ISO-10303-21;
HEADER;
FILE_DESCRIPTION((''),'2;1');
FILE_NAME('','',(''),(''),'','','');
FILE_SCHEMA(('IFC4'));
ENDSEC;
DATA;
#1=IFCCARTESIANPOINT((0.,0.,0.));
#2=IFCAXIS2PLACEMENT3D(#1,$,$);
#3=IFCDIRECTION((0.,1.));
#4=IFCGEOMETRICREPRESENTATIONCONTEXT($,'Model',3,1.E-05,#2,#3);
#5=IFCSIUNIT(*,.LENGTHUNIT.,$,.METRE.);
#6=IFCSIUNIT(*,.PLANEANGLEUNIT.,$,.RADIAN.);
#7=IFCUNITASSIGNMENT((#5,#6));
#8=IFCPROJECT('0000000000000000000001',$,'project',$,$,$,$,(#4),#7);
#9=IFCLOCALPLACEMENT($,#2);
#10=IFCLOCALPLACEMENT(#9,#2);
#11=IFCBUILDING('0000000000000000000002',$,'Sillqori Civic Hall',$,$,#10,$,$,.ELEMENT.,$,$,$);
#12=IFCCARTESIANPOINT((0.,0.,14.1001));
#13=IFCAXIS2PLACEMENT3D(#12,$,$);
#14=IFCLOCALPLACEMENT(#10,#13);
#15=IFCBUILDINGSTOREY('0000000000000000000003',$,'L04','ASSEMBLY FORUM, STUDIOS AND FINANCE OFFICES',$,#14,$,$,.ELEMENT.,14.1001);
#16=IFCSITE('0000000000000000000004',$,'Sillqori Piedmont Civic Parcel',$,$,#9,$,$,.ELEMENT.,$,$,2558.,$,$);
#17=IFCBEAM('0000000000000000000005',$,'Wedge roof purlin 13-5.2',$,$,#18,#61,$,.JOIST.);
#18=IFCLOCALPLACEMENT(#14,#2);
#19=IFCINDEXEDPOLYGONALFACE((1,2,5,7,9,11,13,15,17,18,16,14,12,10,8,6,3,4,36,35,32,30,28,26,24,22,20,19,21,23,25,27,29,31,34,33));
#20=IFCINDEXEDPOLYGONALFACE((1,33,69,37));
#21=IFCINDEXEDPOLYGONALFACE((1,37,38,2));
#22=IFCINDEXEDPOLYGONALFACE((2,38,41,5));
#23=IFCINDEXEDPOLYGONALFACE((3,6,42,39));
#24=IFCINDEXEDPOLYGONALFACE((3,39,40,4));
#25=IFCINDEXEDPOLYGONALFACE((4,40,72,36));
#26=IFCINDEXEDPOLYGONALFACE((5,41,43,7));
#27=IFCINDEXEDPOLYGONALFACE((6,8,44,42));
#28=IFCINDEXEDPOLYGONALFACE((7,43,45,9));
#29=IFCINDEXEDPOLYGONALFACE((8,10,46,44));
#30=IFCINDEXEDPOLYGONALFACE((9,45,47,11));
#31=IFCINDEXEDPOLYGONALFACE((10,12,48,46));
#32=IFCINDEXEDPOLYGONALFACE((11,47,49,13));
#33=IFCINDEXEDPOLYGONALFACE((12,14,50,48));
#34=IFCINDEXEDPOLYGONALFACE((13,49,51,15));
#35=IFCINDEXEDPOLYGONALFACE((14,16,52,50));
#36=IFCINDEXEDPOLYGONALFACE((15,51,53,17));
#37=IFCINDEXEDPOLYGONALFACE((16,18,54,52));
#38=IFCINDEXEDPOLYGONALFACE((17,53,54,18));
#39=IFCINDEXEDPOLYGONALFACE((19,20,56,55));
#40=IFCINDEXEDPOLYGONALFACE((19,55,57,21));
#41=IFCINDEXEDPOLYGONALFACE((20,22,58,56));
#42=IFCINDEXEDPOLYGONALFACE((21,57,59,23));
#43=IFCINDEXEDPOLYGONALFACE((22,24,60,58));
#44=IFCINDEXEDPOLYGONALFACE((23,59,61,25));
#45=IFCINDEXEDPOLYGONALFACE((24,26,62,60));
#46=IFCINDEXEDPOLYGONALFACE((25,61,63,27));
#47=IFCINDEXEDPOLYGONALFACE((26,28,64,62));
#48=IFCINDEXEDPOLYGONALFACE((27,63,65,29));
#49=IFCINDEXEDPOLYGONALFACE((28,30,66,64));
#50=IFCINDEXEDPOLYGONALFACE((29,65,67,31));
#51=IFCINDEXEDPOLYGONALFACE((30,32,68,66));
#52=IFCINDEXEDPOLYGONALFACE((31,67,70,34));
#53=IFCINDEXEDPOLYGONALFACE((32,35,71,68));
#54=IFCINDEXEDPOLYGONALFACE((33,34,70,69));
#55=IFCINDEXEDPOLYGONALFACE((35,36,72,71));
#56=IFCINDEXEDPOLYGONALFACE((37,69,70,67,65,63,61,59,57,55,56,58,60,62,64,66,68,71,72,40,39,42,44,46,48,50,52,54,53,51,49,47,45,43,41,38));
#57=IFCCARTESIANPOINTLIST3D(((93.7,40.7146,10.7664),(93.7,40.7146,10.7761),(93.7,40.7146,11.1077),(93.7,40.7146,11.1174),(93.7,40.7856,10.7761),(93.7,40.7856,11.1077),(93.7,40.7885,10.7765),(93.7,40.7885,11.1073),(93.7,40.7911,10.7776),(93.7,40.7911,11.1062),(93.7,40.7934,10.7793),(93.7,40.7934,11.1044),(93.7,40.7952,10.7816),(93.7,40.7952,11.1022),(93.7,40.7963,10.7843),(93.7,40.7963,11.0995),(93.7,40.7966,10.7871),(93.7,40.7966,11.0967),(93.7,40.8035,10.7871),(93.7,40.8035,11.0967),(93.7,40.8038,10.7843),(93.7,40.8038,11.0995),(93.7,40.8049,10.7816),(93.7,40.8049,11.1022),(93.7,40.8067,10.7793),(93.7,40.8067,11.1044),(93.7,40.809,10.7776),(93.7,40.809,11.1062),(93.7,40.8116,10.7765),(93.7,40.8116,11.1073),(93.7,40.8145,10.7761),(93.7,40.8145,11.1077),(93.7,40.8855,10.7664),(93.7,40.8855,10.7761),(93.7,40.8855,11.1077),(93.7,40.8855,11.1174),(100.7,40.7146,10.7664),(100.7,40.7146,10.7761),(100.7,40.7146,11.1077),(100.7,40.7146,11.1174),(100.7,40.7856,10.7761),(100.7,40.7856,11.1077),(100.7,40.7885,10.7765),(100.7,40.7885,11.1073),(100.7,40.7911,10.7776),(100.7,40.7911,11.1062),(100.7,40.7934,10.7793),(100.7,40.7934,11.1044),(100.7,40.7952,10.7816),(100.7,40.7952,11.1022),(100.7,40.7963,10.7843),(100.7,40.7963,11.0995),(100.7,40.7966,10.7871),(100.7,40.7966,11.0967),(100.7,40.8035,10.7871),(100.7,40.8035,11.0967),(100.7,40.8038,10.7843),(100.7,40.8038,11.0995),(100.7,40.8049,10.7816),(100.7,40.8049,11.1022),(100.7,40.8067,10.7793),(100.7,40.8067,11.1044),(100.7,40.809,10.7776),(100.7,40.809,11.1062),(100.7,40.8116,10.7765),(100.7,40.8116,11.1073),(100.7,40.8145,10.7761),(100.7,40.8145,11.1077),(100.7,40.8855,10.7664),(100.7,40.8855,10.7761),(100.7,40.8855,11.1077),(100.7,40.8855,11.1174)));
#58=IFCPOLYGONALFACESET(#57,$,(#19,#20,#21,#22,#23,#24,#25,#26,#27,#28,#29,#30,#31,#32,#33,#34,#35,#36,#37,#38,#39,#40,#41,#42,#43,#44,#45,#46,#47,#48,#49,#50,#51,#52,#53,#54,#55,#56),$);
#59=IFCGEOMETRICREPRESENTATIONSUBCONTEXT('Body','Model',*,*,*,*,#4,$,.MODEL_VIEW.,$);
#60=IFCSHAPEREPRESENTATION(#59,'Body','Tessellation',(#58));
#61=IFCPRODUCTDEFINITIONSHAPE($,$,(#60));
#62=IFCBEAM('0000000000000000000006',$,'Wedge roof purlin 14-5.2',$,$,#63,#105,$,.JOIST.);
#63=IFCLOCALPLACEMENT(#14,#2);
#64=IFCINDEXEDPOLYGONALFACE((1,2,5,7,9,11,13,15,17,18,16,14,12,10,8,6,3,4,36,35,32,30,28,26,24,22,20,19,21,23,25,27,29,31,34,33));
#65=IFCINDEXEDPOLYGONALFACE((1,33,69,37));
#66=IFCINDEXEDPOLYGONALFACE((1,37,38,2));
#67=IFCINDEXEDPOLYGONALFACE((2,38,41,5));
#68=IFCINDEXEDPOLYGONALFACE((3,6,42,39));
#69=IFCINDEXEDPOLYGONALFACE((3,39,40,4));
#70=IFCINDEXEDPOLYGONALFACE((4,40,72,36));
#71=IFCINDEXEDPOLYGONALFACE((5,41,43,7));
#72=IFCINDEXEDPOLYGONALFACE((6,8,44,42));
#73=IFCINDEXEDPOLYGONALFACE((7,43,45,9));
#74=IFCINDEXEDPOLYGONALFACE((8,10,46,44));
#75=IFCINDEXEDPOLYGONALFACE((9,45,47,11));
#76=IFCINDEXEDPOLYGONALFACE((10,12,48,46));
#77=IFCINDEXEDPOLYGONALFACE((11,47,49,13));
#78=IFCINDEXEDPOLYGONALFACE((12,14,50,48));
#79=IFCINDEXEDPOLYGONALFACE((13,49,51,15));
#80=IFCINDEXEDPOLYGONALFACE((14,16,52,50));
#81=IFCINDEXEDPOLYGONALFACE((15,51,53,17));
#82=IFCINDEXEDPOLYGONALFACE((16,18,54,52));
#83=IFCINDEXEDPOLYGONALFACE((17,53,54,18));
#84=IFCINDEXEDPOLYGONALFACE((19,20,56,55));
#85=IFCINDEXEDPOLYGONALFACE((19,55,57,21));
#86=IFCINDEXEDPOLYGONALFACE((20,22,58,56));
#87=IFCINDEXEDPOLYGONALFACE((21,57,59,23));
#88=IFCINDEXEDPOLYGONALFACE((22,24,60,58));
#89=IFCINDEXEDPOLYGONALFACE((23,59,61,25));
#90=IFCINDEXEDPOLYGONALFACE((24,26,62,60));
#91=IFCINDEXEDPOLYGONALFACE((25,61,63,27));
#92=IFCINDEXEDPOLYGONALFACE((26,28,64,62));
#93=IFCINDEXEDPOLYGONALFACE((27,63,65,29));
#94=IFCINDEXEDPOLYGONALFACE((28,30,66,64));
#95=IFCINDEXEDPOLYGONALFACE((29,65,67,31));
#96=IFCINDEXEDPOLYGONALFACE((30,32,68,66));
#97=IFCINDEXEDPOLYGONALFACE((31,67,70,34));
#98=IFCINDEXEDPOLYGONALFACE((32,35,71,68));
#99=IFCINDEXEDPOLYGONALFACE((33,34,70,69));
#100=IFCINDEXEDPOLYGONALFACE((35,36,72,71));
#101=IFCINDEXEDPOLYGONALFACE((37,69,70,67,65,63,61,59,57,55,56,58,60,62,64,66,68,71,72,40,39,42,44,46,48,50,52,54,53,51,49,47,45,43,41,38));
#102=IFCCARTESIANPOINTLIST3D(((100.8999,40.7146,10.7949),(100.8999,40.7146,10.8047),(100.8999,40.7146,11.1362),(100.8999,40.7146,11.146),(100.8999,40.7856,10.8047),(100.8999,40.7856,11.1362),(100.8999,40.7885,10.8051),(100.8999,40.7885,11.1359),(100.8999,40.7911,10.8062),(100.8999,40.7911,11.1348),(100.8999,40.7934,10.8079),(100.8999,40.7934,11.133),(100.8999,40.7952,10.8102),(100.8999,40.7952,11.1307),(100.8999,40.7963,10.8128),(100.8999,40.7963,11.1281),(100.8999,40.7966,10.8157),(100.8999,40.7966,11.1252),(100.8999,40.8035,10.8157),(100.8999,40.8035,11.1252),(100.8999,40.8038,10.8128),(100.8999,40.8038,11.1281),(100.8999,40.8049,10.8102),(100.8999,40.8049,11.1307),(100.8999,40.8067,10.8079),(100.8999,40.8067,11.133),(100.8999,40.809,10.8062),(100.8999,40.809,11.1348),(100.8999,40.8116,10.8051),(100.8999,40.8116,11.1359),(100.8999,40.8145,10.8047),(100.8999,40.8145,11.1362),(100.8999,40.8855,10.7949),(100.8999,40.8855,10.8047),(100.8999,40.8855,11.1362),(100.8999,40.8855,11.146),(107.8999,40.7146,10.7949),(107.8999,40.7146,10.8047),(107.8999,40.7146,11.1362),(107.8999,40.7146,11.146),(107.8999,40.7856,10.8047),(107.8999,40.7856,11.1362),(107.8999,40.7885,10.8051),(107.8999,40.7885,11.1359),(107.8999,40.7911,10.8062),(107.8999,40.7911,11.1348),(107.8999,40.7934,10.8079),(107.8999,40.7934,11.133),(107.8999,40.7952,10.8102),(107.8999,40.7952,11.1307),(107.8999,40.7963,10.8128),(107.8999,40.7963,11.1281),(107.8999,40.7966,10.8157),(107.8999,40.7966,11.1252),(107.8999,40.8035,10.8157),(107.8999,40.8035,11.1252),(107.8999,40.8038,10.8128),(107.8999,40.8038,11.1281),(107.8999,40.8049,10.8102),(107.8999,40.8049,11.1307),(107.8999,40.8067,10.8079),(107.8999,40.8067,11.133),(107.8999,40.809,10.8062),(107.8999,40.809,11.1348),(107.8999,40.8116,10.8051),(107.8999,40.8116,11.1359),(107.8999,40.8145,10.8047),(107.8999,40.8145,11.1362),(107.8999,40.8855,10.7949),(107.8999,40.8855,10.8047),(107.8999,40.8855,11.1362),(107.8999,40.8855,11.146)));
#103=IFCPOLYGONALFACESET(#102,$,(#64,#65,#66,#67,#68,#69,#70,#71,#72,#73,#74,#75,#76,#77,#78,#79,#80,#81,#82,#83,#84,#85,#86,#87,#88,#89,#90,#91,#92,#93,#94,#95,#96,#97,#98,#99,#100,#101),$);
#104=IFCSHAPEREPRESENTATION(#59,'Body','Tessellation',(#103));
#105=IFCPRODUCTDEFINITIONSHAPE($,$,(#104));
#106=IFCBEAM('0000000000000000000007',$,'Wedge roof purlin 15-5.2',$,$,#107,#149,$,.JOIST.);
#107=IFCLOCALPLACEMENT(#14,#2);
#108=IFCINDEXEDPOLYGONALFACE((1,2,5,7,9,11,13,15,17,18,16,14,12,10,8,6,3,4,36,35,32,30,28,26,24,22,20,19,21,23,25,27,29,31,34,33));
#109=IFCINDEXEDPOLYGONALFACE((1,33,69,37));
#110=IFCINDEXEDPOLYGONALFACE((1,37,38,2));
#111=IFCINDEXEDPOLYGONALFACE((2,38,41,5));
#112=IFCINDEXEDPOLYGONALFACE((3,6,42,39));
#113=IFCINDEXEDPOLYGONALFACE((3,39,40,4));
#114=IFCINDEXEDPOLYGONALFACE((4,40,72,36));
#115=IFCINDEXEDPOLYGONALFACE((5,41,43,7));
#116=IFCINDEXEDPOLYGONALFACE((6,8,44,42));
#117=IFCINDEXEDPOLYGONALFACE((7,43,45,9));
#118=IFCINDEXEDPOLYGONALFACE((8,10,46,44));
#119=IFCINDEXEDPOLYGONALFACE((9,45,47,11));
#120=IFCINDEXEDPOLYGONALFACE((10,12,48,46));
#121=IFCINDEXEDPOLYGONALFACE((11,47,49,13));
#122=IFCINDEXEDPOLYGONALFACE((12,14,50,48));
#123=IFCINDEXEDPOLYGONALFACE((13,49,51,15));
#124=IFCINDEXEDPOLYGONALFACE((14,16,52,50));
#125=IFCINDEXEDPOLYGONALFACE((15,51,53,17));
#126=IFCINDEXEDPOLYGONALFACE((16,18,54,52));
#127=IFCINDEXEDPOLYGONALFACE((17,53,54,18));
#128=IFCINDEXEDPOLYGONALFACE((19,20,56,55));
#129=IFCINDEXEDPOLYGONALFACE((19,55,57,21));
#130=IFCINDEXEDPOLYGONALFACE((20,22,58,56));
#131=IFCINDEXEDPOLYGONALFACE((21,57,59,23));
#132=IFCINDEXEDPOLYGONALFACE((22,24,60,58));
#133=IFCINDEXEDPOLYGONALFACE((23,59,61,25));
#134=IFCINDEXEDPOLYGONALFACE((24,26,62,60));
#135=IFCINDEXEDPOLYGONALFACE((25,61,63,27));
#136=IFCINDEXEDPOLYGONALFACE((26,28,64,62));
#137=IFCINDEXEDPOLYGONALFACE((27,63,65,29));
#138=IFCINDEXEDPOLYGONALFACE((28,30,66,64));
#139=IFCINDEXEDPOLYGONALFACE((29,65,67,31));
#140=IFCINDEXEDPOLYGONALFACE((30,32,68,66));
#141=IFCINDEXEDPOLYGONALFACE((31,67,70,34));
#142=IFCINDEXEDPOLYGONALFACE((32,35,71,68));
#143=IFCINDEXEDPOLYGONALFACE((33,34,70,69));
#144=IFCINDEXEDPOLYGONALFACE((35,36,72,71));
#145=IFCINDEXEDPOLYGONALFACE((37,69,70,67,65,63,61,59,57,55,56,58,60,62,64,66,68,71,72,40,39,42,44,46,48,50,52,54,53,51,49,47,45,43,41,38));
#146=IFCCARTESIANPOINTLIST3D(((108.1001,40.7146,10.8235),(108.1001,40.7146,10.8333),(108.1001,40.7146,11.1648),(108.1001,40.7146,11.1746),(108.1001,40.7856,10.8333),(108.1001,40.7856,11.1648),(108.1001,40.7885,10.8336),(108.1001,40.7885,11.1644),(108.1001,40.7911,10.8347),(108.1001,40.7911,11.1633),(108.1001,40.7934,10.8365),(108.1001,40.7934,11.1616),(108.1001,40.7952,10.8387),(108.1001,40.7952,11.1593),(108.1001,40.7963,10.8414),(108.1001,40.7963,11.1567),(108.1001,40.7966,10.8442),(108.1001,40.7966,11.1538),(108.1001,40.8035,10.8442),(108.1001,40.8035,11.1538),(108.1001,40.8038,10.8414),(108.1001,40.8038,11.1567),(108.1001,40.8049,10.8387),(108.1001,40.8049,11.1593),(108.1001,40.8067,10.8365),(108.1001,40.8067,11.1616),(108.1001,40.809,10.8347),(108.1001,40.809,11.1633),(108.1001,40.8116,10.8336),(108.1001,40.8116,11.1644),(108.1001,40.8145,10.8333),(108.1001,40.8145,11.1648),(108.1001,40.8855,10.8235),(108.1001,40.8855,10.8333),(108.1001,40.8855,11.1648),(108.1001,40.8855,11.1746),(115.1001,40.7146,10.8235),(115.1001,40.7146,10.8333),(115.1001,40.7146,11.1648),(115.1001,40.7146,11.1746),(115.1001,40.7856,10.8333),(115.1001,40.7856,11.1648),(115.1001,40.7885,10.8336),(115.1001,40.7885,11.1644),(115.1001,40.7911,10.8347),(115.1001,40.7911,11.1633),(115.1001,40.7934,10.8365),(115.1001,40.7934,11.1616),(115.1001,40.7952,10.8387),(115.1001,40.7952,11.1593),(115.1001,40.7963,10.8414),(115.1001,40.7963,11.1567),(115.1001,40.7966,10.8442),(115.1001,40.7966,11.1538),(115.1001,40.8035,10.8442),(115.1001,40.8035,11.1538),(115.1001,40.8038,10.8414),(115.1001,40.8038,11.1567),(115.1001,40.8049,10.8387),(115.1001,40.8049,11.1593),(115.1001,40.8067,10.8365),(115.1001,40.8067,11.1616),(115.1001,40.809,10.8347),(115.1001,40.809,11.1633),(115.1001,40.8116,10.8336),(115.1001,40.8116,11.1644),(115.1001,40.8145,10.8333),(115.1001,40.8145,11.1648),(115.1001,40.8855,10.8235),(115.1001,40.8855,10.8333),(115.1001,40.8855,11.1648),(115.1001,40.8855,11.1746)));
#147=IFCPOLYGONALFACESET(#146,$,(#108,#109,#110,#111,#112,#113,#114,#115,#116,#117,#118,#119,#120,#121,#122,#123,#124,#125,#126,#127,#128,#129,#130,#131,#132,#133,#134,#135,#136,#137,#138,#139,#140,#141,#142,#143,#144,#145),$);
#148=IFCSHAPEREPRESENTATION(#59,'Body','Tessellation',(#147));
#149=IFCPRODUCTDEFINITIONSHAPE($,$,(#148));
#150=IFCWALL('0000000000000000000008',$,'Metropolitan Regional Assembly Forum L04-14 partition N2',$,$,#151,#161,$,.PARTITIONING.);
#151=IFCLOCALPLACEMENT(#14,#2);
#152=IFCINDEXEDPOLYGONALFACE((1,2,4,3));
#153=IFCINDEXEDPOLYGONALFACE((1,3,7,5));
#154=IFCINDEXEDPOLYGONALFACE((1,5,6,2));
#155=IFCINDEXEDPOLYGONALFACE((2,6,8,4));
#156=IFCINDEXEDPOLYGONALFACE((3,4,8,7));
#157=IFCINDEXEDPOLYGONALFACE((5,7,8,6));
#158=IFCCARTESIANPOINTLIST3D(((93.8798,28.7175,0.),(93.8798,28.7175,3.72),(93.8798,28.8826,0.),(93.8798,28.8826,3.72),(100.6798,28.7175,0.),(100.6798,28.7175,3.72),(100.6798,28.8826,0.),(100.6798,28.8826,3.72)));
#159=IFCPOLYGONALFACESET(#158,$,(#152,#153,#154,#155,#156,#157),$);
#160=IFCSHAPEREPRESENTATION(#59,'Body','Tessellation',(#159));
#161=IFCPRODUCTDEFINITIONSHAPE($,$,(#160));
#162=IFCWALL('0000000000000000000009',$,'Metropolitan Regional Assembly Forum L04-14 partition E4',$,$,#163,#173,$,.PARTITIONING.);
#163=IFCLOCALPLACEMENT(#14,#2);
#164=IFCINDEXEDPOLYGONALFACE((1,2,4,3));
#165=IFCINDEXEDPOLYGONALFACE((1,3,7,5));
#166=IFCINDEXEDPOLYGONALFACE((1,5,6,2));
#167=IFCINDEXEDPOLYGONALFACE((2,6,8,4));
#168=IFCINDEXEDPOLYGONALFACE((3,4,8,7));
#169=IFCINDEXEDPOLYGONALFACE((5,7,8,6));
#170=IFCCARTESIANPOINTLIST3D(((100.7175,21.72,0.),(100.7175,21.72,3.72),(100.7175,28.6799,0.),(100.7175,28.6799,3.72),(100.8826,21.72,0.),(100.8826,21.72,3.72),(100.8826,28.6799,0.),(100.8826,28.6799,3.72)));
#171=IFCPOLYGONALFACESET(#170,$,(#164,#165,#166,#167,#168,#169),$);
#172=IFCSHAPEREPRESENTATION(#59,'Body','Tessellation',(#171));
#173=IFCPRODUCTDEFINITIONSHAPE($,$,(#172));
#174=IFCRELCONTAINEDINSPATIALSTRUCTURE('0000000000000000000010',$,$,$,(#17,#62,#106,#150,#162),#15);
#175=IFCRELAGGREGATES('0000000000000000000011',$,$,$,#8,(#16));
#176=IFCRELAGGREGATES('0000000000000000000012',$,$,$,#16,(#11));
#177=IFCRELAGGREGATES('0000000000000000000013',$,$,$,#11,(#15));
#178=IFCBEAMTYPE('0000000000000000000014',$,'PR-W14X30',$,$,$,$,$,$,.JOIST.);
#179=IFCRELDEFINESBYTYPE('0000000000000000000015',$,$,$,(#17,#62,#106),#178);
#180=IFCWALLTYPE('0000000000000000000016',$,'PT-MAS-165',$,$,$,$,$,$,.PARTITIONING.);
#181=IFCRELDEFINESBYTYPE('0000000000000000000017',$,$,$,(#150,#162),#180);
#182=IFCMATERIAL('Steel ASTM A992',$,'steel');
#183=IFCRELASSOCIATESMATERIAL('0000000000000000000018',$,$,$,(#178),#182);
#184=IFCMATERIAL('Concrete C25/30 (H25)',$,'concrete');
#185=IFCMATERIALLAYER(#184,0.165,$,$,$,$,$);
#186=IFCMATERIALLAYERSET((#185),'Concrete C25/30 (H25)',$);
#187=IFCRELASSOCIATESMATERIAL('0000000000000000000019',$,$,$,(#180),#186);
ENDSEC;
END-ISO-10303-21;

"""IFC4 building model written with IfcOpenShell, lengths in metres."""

from ifc_helpers import new_model, si_unit, direction, frame, frame_2d, origin, origin_2d, place, context, subcontext, project, spatial, rectangle, i_section, extrude, material, layer, layer_set, material_profile, profile_set, type_object, element, save


model = new_model("IFC4")

# Units and contexts
model_context = context("Model", 3, precision=1e-05, world=origin(), true_north=direction((0.0, 1.0)))
body_context = subcontext(model_context, "Body", "Model", "MODEL_VIEW")
ifc_project = project(units=[si_unit("LENGTHUNIT", "METRE"), si_unit("PLANEANGLEUNIT", "RADIAN")], contexts=[model_context])

# Site, building, storey
site_placement = place(None, origin())
site = spatial("IfcSite", under=ifc_project, at=site_placement, Name="Sillqori Piedmont Civic Parcel", CompositionType="ELEMENT", RefElevation=2558.0)
building_placement = place(site_placement, origin())
building = spatial("IfcBuilding", under=site, at=building_placement, Name="Sillqori Civic Hall", CompositionType="ELEMENT")
storey_placement = place(building_placement, frame((0.0, 0.0, 14.1001)))
storey = spatial("IfcBuildingStorey", under=building, at=storey_placement, Name="L04", Description="ASSEMBLY FORUM, STUDIOS AND FINANCE OFFICES", CompositionType="ELEMENT", Elevation=14.1001)

# Shared definitions
ifc_material_1 = material(Name="Steel ASTM A992", Category="steel")

# Beams
ifc_material_profile_1 = material_profile(ifc_material_1, i_section(OverallWidth=0.1709, OverallDepth=0.3511, WebThickness=0.0068, FlangeThickness=0.0098, FilletRadius=0.011, at=origin_2d()), Name="W14X30")
ifc_profile_set_1 = profile_set([ifc_material_profile_1], Name="Steel ASTM A992")
beam_type_1 = type_object("IfcBeamType", Name="PR-W14X30", PredefinedType="JOIST", material=ifc_profile_set_1)
for number, where, z_axis, x_axis, name in (
    (1, (93.7, 40.8, 10.9419), (1.0, 0.0, 0.0), (0.0, 1.0, 0.0), "Wedge roof purlin 13-5.2"),
    (2, (100.8999, 40.8, 10.9705), (1.0, 0.0, 0.0), (0.0, 1.0, 0.0), "Wedge roof purlin 14-5.2"),
    (3, (108.1001, 40.8, 10.999), (1.0, 0.0, 0.0), (0.0, 1.0, 0.0), "Wedge roof purlin 15-5.2"),
):
    element("IfcBeam", number, at=place(storey_placement, frame(where, z_axis=z_axis, x_axis=x_axis)), inside=storey, type_object=beam_type_1, Name=name, PredefinedType="JOIST", context=body_context, shape_type="SweptSolid", body=[
        extrude(i_section(OverallWidth=0.1709, OverallDepth=0.3511, WebThickness=0.0068, FlangeThickness=0.0098, FilletRadius=0.011, at=origin_2d()), origin(), (0.0, 0.0, 1.0), 7.0),
    ])

# Walls
ifc_material_2 = material(Name="Concrete C25/30 (H25)", Category="concrete")
ifc_layer_1 = layer(ifc_material_2, 0.165)
ifc_layer_set_1 = layer_set([ifc_layer_1], Name="Concrete C25/30 (H25)")
wall_type_1 = type_object("IfcWallType", Name="PT-MAS-165", PredefinedType="PARTITIONING", material=ifc_layer_set_1)
wall_1_placement = place(storey_placement, frame((93.8799, 28.8, 0.0), z_axis=(0.0, 0.0, 1.0), x_axis=(1.0, 0.0, 0.0)))
element("IfcWall", 4, at=wall_1_placement, inside=storey, type_object=wall_type_1, Name="Metropolitan Regional Assembly Forum L04-14 partition N2", PredefinedType="PARTITIONING", context=body_context, shape_type="SweptSolid", body=[
    extrude(rectangle(XDim=6.8, YDim=0.165, at=frame_2d((3.3999, 0.0))), origin(), (0.0, 0.0, 1.0), 3.72),
])
wall_2_placement = place(storey_placement, frame((100.8, 28.6799, 0.0), z_axis=(0.0, 0.0, 1.0), x_axis=(0.0, -1.0, 0.0)))
element("IfcWall", 5, at=wall_2_placement, inside=storey, type_object=wall_type_1, Name="Metropolitan Regional Assembly Forum L04-14 partition E4", PredefinedType="PARTITIONING", context=body_context, shape_type="SweptSolid", body=[
    extrude(rectangle(XDim=6.96, YDim=0.165, at=frame_2d((3.48, 0.0))), origin(), (0.0, 0.0, 1.0), 3.72),
])

save(model, "model.ifc")
